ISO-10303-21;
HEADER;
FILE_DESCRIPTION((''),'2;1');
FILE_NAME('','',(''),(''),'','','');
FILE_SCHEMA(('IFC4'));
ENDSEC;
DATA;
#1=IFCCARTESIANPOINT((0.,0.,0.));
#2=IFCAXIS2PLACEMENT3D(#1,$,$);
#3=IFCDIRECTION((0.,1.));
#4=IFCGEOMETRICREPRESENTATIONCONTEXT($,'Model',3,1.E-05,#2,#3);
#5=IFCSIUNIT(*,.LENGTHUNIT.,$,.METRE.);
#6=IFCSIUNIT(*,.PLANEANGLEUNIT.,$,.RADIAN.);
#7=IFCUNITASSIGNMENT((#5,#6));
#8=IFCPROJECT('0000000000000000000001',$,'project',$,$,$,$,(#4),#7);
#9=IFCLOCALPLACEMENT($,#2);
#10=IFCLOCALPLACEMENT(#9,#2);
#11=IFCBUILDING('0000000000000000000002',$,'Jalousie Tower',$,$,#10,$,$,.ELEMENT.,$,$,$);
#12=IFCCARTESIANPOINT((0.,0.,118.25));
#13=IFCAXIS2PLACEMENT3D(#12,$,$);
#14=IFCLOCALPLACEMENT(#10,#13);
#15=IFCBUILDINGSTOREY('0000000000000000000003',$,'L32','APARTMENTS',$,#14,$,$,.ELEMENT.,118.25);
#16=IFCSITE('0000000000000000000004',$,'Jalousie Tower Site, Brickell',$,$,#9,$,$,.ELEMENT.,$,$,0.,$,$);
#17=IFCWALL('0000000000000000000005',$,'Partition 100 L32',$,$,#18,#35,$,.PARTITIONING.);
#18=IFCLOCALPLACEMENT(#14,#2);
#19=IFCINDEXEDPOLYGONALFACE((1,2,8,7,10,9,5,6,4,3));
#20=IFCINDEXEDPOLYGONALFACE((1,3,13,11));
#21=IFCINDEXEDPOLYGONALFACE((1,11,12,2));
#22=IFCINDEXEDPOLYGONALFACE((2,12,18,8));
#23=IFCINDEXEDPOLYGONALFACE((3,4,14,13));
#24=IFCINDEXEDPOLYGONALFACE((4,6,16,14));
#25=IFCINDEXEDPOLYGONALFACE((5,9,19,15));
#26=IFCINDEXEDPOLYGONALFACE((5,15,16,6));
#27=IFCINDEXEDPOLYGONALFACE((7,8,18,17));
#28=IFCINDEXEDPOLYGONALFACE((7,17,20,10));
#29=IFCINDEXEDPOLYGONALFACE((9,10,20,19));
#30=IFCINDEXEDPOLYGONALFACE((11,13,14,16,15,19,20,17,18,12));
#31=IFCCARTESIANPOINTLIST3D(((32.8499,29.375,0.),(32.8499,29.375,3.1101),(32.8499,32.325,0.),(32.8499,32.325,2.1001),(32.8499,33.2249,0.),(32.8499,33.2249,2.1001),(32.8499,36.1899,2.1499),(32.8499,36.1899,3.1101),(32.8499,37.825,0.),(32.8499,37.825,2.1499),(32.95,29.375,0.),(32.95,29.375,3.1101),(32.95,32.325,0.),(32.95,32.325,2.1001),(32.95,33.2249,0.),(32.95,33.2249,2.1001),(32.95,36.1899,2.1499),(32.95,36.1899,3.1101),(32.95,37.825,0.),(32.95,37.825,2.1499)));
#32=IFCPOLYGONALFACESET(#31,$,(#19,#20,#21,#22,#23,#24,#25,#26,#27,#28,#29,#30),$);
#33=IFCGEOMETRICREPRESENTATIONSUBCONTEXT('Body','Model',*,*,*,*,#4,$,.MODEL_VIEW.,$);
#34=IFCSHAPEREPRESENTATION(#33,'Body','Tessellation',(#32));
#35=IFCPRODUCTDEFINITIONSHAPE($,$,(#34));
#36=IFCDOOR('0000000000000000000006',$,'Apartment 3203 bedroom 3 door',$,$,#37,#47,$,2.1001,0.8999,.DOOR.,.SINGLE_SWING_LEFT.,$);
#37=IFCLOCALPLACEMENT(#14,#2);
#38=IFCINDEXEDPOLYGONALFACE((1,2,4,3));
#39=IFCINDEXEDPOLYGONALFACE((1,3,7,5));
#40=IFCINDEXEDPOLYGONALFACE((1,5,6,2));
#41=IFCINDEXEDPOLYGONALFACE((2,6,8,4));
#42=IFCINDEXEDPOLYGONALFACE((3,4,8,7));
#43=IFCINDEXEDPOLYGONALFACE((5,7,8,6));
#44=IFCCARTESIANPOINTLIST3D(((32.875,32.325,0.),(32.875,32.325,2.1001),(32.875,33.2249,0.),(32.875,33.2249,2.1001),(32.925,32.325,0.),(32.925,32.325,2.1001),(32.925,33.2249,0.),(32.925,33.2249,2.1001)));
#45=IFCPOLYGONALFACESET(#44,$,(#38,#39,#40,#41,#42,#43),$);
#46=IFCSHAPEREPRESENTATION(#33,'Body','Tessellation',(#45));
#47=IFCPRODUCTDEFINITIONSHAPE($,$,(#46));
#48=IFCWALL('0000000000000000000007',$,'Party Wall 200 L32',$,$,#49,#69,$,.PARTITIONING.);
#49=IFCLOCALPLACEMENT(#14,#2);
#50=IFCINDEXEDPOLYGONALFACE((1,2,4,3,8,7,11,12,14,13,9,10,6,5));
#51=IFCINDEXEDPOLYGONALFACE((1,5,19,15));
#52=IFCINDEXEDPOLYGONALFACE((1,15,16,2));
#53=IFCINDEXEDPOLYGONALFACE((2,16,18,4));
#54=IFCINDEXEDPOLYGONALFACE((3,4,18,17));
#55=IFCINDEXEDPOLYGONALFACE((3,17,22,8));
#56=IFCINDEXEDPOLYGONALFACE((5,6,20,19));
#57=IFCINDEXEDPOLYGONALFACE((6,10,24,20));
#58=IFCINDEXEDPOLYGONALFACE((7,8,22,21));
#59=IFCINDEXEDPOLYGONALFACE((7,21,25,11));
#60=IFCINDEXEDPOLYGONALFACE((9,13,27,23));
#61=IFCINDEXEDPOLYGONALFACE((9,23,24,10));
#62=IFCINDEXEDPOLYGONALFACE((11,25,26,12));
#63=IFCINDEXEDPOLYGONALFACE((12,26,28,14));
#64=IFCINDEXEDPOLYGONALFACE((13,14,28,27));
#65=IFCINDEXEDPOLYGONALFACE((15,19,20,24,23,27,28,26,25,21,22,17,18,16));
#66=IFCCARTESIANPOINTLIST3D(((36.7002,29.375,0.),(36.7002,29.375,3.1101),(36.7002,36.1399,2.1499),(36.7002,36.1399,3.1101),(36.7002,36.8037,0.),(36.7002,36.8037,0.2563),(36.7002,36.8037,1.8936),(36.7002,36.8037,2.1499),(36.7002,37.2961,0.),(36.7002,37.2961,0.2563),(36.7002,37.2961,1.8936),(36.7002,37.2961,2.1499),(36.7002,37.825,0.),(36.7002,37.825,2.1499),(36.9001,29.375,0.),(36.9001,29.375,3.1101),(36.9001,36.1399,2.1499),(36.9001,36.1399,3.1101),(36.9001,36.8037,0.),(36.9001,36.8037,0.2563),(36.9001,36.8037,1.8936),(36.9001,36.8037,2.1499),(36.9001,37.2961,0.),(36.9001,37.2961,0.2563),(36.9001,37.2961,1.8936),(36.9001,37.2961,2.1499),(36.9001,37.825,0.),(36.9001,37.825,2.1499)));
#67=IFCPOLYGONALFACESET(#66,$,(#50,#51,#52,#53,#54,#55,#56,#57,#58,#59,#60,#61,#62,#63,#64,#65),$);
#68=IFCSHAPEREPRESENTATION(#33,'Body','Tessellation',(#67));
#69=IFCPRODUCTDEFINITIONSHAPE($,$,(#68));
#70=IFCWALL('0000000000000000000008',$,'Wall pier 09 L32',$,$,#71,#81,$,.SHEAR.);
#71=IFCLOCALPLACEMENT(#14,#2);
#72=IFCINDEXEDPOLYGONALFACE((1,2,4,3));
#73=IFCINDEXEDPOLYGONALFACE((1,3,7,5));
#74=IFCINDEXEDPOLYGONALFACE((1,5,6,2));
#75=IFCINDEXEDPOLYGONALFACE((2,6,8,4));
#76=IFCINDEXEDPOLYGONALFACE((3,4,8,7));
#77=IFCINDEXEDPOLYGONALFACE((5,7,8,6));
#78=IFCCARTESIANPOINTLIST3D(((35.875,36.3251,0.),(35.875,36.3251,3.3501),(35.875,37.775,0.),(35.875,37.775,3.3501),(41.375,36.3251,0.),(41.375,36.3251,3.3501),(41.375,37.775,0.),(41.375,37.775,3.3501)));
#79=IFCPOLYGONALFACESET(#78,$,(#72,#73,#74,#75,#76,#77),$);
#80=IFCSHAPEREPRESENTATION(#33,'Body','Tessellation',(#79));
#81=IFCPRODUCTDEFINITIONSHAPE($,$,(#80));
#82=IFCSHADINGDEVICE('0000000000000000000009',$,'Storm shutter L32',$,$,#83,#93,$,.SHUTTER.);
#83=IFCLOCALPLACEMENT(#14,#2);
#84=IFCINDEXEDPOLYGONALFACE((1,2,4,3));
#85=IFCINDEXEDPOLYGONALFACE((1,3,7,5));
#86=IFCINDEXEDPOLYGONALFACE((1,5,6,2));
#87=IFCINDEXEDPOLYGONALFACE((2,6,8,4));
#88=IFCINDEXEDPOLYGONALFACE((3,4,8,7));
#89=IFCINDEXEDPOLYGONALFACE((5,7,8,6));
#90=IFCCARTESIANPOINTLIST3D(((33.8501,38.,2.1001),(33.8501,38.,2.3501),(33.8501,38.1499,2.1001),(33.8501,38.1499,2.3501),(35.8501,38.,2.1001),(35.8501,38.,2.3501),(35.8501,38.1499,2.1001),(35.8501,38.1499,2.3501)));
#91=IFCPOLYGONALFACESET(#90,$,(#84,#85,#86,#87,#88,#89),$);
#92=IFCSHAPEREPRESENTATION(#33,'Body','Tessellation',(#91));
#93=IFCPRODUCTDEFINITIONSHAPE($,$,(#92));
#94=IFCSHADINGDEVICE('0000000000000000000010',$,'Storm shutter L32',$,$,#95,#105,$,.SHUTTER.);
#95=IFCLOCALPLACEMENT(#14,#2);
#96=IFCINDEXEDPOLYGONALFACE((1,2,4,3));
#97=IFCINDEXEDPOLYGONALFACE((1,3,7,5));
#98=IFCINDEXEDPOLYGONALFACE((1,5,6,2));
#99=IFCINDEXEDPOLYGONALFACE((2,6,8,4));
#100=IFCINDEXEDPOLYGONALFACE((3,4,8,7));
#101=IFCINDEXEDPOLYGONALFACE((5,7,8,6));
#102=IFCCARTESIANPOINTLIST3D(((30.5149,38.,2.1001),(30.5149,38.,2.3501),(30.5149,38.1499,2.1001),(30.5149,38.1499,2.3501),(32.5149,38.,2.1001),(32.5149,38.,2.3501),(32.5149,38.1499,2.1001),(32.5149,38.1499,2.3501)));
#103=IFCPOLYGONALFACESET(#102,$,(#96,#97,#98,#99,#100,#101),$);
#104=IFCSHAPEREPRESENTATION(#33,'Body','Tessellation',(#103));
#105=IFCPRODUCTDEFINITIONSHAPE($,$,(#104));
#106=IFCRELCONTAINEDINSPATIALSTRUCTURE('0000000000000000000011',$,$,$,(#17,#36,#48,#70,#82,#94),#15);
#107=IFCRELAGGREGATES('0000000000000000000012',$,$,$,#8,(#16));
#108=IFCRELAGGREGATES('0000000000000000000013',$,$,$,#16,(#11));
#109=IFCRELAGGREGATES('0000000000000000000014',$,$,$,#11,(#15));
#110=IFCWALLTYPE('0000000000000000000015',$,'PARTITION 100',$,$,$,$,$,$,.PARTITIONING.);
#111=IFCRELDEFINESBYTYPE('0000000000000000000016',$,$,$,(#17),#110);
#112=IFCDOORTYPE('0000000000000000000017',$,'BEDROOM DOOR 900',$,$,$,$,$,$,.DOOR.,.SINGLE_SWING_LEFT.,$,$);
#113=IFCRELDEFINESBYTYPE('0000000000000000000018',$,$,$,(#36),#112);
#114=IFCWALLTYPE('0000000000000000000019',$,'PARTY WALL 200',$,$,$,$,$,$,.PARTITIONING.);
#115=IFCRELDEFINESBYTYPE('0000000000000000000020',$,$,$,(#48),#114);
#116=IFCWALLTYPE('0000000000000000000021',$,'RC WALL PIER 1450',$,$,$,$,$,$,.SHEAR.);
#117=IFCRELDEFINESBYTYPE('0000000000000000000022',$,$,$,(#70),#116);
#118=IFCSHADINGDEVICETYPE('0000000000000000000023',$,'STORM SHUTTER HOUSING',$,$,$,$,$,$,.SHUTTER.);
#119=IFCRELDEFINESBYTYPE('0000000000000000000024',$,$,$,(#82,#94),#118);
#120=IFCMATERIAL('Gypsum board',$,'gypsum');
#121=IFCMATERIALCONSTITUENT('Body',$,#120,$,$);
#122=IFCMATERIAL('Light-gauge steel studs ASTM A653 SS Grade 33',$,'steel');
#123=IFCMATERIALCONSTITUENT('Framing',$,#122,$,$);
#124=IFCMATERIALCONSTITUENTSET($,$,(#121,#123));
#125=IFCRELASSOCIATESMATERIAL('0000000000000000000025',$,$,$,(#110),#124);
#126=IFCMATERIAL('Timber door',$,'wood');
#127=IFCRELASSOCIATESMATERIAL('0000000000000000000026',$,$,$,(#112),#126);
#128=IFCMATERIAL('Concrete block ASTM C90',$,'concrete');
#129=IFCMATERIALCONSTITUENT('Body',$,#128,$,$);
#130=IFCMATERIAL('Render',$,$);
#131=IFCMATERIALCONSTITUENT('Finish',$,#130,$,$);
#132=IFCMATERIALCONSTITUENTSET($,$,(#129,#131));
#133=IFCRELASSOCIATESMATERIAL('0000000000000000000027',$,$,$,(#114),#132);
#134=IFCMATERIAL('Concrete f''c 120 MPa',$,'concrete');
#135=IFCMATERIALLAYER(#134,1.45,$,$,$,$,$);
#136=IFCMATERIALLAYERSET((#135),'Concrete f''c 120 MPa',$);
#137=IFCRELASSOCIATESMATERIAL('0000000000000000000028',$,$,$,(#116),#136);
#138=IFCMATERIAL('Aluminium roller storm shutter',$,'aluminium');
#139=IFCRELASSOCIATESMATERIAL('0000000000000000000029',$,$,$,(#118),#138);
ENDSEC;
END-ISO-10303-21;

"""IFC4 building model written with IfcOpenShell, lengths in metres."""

from ifc_helpers import new_model, si_unit, direction, frame, frame_2d, origin, origin_2d, place, context, subcontext, project, spatial, polyline, rectangle, outline, extrude, material, layer, layer_set, constituent, constituent_set, type_object, element, fill, save


model = new_model("IFC4")

# Units and contexts
model_context = context("Model", 3, precision=1e-05, world=origin(), true_north=direction((0.0, 1.0)))
body_context = subcontext(model_context, "Body", "Model", "MODEL_VIEW")
ifc_project = project(units=[si_unit("LENGTHUNIT", "METRE"), si_unit("PLANEANGLEUNIT", "RADIAN")], contexts=[model_context])

# Site, building, storey
site_placement = place(None, origin())
site = spatial("IfcSite", under=ifc_project, at=site_placement, Name="Jalousie Tower Site, Brickell", CompositionType="ELEMENT", RefElevation=0.0)
building_placement = place(site_placement, origin())
building = spatial("IfcBuilding", under=site, at=building_placement, Name="Jalousie Tower", CompositionType="ELEMENT")
storey_placement = place(building_placement, frame((0.0, 0.0, 118.25)))
storey = spatial("IfcBuildingStorey", under=building, at=storey_placement, Name="L32", Description="APARTMENTS", CompositionType="ELEMENT", Elevation=118.25)

# Wall, opening, door
ifc_material_1 = material(Name="Gypsum board", Category="gypsum")
ifc_constituent_1 = constituent(ifc_material_1, Name="Body")
ifc_material_2 = material(Name="Light-gauge steel studs ASTM A653 SS Grade 33", Category="steel")
ifc_constituent_2 = constituent(ifc_material_2, Name="Framing")
ifc_constituent_set_1 = constituent_set(constituents=[ifc_constituent_1, ifc_constituent_2])
wall_type_1 = type_object("IfcWallType", Name="PARTITION 100", PredefinedType="PARTITIONING", material=ifc_constituent_set_1)
ifc_material_3 = material(Name="Timber door", Category="wood")
door_type = type_object("IfcDoorType", Name="BEDROOM DOOR 900", OperationType="SINGLE_SWING_LEFT", PredefinedType="DOOR", material=ifc_material_3)
wall_1_placement = place(storey_placement, frame((32.8999, 37.825, 0.0), z_axis=(0.0, 0.0, 1.0), x_axis=(0.0, -1.0, 0.0)))
wall_1 = element("IfcWall", 1, at=wall_1_placement, inside=storey, type_object=wall_type_1, Name="Partition 100 L32", PredefinedType="PARTITIONING", context=body_context, shape_type="SweptSolid", body=[
    extrude(outline(polyline([(0.0, 0.0), (8.45, 0.0), (8.45, 3.1101), (1.635, 3.1101), (1.635, 2.1499), (0.0, 2.1499), (0.0, 3.1101), (0.0, 0.0)])), frame((0.0, 0.05, 0.0), z_axis=(0.0, -1.0, 0.0), x_axis=(1.0, 0.0, 0.0)), (0.0, 0.0, 1.0), 0.1001),
])
opening_1_placement = place(wall_1_placement, frame((4.6001, 0.0, 0.0)))
opening_1 = element("IfcOpeningElement", 2, at=opening_1_placement, cuts=wall_1, PredefinedType="OPENING", context=body_context, shape_type="SweptSolid", body=[
    extrude(rectangle(XDim=0.8999, YDim=2.1001, at=frame_2d((0.45, 1.05))), frame((0.0, 0.0601, 0.0), z_axis=(0.0, -1.0, 0.0), x_axis=(1.0, 0.0, 0.0)), (0.0, 0.0, 1.0), 0.1201),
])
door_1_placement = place(opening_1_placement, frame((0.8999, 0.0, 0.0), z_axis=(0.0, 0.0, 1.0), x_axis=(-1.0, 0.0, 0.0)))
door_1 = element("IfcDoor", 3, at=door_1_placement, inside=storey, type_object=door_type, Name="Apartment 3203 bedroom 3 door", OperationType="SINGLE_SWING_LEFT", OverallHeight=2.1001, OverallWidth=0.8999, PredefinedType="DOOR", context=body_context, shape_type="SweptSolid", body=[
    extrude(rectangle(XDim=0.8999, YDim=2.1001, at=frame_2d((0.45, 1.05))), frame((0.0, 0.0249, 0.0), z_axis=(0.0, -1.0, 0.0), x_axis=(1.0, 0.0, 0.0)), (0.0, 0.0, 1.0), 0.05),
])
fill(opening_1, door_1)

# Walls
ifc_material_4 = material(Name="Concrete block ASTM C90", Category="concrete")
ifc_constituent_3 = constituent(ifc_material_4, Name="Body")
ifc_material_5 = material(Name="Render")
ifc_constituent_4 = constituent(ifc_material_5, Name="Finish")
ifc_constituent_set_2 = constituent_set(constituents=[ifc_constituent_3, ifc_constituent_4])
wall_type_2 = type_object("IfcWallType", Name="PARTY WALL 200", PredefinedType="PARTITIONING", material=ifc_constituent_set_2)
wall_2_placement = place(storey_placement, frame((36.8, 37.825, 0.0), z_axis=(0.0, 0.0, 1.0), x_axis=(0.0, -1.0, 0.0)))
element("IfcWall", 4, at=wall_2_placement, inside=storey, type_object=wall_type_2, Name="Party Wall 200 L32", PredefinedType="PARTITIONING", context=body_context, shape_type="SweptSolid", body=[
    extrude(outline(polyline([(0.5288, 2.1499), (0.0, 2.1499), (0.0, 0.0), (0.5288, 0.0), (0.5288, 0.2563), (1.0212, 0.2563), (1.0212, 0.0), (8.45, 0.0), (8.45, 3.1101), (1.6851, 3.1101), (1.6851, 2.1499), (1.0212, 2.1499), (1.0212, 1.8936), (0.5288, 1.8936), (0.5288, 2.1499)])), frame((0.0, 0.1001, 0.0), z_axis=(0.0, -1.0, 0.0), x_axis=(1.0, 0.0, 0.0)), (0.0, 0.0, 1.0), 0.2),
])
ifc_material_6 = material(Name="Concrete f'c 120 MPa", Category="concrete")
ifc_layer_1 = layer(ifc_material_6, 1.45)
ifc_layer_set_1 = layer_set([ifc_layer_1], Name="Concrete f'c 120 MPa")
wall_type_3 = type_object("IfcWallType", Name="RC WALL PIER 1450", PredefinedType="SHEAR", material=ifc_layer_set_1)
wall_3_placement = place(storey_placement, frame((35.875, 37.05, 0.0), z_axis=(0.0, 0.0, 1.0), x_axis=(1.0, 0.0, 0.0)))
element("IfcWall", 5, at=wall_3_placement, inside=storey, type_object=wall_type_3, Name="Wall pier 09 L32", PredefinedType="SHEAR", context=body_context, shape_type="SweptSolid", body=[
    extrude(rectangle(XDim=5.5, YDim=1.45, at=frame_2d((2.75, 0.0))), origin(), (0.0, 0.0, 1.0), 3.3501),
])

# Shading devices
ifc_material_7 = material(Name="Aluminium roller storm shutter", Category="aluminium")
shading_device_type = type_object("IfcShadingDeviceType", Name="STORM SHUTTER HOUSING", PredefinedType="SHUTTER", material=ifc_material_7)
for number, where, z_axis, x_axis, name in (
    (6, (34.8501, 38.075, 2.1001), (0.0, 0.0, 1.0), (-1.0, 0.0, 0.0), "Storm shutter L32"),
    (7, (31.5149, 38.075, 2.1001), (0.0, 0.0, 1.0), (-1.0, 0.0, 0.0), "Storm shutter L32"),
):
    element("IfcShadingDevice", number, at=place(storey_placement, frame(where, z_axis=z_axis, x_axis=x_axis)), inside=storey, type_object=shading_device_type, Name=name, PredefinedType="SHUTTER", context=body_context, shape_type="SweptSolid", body=[
        extrude(rectangle(XDim=2.0, YDim=0.1499, at=origin_2d()), origin(), (0.0, 0.0, 1.0), 0.25),
    ])

save(model, "model.ifc")
